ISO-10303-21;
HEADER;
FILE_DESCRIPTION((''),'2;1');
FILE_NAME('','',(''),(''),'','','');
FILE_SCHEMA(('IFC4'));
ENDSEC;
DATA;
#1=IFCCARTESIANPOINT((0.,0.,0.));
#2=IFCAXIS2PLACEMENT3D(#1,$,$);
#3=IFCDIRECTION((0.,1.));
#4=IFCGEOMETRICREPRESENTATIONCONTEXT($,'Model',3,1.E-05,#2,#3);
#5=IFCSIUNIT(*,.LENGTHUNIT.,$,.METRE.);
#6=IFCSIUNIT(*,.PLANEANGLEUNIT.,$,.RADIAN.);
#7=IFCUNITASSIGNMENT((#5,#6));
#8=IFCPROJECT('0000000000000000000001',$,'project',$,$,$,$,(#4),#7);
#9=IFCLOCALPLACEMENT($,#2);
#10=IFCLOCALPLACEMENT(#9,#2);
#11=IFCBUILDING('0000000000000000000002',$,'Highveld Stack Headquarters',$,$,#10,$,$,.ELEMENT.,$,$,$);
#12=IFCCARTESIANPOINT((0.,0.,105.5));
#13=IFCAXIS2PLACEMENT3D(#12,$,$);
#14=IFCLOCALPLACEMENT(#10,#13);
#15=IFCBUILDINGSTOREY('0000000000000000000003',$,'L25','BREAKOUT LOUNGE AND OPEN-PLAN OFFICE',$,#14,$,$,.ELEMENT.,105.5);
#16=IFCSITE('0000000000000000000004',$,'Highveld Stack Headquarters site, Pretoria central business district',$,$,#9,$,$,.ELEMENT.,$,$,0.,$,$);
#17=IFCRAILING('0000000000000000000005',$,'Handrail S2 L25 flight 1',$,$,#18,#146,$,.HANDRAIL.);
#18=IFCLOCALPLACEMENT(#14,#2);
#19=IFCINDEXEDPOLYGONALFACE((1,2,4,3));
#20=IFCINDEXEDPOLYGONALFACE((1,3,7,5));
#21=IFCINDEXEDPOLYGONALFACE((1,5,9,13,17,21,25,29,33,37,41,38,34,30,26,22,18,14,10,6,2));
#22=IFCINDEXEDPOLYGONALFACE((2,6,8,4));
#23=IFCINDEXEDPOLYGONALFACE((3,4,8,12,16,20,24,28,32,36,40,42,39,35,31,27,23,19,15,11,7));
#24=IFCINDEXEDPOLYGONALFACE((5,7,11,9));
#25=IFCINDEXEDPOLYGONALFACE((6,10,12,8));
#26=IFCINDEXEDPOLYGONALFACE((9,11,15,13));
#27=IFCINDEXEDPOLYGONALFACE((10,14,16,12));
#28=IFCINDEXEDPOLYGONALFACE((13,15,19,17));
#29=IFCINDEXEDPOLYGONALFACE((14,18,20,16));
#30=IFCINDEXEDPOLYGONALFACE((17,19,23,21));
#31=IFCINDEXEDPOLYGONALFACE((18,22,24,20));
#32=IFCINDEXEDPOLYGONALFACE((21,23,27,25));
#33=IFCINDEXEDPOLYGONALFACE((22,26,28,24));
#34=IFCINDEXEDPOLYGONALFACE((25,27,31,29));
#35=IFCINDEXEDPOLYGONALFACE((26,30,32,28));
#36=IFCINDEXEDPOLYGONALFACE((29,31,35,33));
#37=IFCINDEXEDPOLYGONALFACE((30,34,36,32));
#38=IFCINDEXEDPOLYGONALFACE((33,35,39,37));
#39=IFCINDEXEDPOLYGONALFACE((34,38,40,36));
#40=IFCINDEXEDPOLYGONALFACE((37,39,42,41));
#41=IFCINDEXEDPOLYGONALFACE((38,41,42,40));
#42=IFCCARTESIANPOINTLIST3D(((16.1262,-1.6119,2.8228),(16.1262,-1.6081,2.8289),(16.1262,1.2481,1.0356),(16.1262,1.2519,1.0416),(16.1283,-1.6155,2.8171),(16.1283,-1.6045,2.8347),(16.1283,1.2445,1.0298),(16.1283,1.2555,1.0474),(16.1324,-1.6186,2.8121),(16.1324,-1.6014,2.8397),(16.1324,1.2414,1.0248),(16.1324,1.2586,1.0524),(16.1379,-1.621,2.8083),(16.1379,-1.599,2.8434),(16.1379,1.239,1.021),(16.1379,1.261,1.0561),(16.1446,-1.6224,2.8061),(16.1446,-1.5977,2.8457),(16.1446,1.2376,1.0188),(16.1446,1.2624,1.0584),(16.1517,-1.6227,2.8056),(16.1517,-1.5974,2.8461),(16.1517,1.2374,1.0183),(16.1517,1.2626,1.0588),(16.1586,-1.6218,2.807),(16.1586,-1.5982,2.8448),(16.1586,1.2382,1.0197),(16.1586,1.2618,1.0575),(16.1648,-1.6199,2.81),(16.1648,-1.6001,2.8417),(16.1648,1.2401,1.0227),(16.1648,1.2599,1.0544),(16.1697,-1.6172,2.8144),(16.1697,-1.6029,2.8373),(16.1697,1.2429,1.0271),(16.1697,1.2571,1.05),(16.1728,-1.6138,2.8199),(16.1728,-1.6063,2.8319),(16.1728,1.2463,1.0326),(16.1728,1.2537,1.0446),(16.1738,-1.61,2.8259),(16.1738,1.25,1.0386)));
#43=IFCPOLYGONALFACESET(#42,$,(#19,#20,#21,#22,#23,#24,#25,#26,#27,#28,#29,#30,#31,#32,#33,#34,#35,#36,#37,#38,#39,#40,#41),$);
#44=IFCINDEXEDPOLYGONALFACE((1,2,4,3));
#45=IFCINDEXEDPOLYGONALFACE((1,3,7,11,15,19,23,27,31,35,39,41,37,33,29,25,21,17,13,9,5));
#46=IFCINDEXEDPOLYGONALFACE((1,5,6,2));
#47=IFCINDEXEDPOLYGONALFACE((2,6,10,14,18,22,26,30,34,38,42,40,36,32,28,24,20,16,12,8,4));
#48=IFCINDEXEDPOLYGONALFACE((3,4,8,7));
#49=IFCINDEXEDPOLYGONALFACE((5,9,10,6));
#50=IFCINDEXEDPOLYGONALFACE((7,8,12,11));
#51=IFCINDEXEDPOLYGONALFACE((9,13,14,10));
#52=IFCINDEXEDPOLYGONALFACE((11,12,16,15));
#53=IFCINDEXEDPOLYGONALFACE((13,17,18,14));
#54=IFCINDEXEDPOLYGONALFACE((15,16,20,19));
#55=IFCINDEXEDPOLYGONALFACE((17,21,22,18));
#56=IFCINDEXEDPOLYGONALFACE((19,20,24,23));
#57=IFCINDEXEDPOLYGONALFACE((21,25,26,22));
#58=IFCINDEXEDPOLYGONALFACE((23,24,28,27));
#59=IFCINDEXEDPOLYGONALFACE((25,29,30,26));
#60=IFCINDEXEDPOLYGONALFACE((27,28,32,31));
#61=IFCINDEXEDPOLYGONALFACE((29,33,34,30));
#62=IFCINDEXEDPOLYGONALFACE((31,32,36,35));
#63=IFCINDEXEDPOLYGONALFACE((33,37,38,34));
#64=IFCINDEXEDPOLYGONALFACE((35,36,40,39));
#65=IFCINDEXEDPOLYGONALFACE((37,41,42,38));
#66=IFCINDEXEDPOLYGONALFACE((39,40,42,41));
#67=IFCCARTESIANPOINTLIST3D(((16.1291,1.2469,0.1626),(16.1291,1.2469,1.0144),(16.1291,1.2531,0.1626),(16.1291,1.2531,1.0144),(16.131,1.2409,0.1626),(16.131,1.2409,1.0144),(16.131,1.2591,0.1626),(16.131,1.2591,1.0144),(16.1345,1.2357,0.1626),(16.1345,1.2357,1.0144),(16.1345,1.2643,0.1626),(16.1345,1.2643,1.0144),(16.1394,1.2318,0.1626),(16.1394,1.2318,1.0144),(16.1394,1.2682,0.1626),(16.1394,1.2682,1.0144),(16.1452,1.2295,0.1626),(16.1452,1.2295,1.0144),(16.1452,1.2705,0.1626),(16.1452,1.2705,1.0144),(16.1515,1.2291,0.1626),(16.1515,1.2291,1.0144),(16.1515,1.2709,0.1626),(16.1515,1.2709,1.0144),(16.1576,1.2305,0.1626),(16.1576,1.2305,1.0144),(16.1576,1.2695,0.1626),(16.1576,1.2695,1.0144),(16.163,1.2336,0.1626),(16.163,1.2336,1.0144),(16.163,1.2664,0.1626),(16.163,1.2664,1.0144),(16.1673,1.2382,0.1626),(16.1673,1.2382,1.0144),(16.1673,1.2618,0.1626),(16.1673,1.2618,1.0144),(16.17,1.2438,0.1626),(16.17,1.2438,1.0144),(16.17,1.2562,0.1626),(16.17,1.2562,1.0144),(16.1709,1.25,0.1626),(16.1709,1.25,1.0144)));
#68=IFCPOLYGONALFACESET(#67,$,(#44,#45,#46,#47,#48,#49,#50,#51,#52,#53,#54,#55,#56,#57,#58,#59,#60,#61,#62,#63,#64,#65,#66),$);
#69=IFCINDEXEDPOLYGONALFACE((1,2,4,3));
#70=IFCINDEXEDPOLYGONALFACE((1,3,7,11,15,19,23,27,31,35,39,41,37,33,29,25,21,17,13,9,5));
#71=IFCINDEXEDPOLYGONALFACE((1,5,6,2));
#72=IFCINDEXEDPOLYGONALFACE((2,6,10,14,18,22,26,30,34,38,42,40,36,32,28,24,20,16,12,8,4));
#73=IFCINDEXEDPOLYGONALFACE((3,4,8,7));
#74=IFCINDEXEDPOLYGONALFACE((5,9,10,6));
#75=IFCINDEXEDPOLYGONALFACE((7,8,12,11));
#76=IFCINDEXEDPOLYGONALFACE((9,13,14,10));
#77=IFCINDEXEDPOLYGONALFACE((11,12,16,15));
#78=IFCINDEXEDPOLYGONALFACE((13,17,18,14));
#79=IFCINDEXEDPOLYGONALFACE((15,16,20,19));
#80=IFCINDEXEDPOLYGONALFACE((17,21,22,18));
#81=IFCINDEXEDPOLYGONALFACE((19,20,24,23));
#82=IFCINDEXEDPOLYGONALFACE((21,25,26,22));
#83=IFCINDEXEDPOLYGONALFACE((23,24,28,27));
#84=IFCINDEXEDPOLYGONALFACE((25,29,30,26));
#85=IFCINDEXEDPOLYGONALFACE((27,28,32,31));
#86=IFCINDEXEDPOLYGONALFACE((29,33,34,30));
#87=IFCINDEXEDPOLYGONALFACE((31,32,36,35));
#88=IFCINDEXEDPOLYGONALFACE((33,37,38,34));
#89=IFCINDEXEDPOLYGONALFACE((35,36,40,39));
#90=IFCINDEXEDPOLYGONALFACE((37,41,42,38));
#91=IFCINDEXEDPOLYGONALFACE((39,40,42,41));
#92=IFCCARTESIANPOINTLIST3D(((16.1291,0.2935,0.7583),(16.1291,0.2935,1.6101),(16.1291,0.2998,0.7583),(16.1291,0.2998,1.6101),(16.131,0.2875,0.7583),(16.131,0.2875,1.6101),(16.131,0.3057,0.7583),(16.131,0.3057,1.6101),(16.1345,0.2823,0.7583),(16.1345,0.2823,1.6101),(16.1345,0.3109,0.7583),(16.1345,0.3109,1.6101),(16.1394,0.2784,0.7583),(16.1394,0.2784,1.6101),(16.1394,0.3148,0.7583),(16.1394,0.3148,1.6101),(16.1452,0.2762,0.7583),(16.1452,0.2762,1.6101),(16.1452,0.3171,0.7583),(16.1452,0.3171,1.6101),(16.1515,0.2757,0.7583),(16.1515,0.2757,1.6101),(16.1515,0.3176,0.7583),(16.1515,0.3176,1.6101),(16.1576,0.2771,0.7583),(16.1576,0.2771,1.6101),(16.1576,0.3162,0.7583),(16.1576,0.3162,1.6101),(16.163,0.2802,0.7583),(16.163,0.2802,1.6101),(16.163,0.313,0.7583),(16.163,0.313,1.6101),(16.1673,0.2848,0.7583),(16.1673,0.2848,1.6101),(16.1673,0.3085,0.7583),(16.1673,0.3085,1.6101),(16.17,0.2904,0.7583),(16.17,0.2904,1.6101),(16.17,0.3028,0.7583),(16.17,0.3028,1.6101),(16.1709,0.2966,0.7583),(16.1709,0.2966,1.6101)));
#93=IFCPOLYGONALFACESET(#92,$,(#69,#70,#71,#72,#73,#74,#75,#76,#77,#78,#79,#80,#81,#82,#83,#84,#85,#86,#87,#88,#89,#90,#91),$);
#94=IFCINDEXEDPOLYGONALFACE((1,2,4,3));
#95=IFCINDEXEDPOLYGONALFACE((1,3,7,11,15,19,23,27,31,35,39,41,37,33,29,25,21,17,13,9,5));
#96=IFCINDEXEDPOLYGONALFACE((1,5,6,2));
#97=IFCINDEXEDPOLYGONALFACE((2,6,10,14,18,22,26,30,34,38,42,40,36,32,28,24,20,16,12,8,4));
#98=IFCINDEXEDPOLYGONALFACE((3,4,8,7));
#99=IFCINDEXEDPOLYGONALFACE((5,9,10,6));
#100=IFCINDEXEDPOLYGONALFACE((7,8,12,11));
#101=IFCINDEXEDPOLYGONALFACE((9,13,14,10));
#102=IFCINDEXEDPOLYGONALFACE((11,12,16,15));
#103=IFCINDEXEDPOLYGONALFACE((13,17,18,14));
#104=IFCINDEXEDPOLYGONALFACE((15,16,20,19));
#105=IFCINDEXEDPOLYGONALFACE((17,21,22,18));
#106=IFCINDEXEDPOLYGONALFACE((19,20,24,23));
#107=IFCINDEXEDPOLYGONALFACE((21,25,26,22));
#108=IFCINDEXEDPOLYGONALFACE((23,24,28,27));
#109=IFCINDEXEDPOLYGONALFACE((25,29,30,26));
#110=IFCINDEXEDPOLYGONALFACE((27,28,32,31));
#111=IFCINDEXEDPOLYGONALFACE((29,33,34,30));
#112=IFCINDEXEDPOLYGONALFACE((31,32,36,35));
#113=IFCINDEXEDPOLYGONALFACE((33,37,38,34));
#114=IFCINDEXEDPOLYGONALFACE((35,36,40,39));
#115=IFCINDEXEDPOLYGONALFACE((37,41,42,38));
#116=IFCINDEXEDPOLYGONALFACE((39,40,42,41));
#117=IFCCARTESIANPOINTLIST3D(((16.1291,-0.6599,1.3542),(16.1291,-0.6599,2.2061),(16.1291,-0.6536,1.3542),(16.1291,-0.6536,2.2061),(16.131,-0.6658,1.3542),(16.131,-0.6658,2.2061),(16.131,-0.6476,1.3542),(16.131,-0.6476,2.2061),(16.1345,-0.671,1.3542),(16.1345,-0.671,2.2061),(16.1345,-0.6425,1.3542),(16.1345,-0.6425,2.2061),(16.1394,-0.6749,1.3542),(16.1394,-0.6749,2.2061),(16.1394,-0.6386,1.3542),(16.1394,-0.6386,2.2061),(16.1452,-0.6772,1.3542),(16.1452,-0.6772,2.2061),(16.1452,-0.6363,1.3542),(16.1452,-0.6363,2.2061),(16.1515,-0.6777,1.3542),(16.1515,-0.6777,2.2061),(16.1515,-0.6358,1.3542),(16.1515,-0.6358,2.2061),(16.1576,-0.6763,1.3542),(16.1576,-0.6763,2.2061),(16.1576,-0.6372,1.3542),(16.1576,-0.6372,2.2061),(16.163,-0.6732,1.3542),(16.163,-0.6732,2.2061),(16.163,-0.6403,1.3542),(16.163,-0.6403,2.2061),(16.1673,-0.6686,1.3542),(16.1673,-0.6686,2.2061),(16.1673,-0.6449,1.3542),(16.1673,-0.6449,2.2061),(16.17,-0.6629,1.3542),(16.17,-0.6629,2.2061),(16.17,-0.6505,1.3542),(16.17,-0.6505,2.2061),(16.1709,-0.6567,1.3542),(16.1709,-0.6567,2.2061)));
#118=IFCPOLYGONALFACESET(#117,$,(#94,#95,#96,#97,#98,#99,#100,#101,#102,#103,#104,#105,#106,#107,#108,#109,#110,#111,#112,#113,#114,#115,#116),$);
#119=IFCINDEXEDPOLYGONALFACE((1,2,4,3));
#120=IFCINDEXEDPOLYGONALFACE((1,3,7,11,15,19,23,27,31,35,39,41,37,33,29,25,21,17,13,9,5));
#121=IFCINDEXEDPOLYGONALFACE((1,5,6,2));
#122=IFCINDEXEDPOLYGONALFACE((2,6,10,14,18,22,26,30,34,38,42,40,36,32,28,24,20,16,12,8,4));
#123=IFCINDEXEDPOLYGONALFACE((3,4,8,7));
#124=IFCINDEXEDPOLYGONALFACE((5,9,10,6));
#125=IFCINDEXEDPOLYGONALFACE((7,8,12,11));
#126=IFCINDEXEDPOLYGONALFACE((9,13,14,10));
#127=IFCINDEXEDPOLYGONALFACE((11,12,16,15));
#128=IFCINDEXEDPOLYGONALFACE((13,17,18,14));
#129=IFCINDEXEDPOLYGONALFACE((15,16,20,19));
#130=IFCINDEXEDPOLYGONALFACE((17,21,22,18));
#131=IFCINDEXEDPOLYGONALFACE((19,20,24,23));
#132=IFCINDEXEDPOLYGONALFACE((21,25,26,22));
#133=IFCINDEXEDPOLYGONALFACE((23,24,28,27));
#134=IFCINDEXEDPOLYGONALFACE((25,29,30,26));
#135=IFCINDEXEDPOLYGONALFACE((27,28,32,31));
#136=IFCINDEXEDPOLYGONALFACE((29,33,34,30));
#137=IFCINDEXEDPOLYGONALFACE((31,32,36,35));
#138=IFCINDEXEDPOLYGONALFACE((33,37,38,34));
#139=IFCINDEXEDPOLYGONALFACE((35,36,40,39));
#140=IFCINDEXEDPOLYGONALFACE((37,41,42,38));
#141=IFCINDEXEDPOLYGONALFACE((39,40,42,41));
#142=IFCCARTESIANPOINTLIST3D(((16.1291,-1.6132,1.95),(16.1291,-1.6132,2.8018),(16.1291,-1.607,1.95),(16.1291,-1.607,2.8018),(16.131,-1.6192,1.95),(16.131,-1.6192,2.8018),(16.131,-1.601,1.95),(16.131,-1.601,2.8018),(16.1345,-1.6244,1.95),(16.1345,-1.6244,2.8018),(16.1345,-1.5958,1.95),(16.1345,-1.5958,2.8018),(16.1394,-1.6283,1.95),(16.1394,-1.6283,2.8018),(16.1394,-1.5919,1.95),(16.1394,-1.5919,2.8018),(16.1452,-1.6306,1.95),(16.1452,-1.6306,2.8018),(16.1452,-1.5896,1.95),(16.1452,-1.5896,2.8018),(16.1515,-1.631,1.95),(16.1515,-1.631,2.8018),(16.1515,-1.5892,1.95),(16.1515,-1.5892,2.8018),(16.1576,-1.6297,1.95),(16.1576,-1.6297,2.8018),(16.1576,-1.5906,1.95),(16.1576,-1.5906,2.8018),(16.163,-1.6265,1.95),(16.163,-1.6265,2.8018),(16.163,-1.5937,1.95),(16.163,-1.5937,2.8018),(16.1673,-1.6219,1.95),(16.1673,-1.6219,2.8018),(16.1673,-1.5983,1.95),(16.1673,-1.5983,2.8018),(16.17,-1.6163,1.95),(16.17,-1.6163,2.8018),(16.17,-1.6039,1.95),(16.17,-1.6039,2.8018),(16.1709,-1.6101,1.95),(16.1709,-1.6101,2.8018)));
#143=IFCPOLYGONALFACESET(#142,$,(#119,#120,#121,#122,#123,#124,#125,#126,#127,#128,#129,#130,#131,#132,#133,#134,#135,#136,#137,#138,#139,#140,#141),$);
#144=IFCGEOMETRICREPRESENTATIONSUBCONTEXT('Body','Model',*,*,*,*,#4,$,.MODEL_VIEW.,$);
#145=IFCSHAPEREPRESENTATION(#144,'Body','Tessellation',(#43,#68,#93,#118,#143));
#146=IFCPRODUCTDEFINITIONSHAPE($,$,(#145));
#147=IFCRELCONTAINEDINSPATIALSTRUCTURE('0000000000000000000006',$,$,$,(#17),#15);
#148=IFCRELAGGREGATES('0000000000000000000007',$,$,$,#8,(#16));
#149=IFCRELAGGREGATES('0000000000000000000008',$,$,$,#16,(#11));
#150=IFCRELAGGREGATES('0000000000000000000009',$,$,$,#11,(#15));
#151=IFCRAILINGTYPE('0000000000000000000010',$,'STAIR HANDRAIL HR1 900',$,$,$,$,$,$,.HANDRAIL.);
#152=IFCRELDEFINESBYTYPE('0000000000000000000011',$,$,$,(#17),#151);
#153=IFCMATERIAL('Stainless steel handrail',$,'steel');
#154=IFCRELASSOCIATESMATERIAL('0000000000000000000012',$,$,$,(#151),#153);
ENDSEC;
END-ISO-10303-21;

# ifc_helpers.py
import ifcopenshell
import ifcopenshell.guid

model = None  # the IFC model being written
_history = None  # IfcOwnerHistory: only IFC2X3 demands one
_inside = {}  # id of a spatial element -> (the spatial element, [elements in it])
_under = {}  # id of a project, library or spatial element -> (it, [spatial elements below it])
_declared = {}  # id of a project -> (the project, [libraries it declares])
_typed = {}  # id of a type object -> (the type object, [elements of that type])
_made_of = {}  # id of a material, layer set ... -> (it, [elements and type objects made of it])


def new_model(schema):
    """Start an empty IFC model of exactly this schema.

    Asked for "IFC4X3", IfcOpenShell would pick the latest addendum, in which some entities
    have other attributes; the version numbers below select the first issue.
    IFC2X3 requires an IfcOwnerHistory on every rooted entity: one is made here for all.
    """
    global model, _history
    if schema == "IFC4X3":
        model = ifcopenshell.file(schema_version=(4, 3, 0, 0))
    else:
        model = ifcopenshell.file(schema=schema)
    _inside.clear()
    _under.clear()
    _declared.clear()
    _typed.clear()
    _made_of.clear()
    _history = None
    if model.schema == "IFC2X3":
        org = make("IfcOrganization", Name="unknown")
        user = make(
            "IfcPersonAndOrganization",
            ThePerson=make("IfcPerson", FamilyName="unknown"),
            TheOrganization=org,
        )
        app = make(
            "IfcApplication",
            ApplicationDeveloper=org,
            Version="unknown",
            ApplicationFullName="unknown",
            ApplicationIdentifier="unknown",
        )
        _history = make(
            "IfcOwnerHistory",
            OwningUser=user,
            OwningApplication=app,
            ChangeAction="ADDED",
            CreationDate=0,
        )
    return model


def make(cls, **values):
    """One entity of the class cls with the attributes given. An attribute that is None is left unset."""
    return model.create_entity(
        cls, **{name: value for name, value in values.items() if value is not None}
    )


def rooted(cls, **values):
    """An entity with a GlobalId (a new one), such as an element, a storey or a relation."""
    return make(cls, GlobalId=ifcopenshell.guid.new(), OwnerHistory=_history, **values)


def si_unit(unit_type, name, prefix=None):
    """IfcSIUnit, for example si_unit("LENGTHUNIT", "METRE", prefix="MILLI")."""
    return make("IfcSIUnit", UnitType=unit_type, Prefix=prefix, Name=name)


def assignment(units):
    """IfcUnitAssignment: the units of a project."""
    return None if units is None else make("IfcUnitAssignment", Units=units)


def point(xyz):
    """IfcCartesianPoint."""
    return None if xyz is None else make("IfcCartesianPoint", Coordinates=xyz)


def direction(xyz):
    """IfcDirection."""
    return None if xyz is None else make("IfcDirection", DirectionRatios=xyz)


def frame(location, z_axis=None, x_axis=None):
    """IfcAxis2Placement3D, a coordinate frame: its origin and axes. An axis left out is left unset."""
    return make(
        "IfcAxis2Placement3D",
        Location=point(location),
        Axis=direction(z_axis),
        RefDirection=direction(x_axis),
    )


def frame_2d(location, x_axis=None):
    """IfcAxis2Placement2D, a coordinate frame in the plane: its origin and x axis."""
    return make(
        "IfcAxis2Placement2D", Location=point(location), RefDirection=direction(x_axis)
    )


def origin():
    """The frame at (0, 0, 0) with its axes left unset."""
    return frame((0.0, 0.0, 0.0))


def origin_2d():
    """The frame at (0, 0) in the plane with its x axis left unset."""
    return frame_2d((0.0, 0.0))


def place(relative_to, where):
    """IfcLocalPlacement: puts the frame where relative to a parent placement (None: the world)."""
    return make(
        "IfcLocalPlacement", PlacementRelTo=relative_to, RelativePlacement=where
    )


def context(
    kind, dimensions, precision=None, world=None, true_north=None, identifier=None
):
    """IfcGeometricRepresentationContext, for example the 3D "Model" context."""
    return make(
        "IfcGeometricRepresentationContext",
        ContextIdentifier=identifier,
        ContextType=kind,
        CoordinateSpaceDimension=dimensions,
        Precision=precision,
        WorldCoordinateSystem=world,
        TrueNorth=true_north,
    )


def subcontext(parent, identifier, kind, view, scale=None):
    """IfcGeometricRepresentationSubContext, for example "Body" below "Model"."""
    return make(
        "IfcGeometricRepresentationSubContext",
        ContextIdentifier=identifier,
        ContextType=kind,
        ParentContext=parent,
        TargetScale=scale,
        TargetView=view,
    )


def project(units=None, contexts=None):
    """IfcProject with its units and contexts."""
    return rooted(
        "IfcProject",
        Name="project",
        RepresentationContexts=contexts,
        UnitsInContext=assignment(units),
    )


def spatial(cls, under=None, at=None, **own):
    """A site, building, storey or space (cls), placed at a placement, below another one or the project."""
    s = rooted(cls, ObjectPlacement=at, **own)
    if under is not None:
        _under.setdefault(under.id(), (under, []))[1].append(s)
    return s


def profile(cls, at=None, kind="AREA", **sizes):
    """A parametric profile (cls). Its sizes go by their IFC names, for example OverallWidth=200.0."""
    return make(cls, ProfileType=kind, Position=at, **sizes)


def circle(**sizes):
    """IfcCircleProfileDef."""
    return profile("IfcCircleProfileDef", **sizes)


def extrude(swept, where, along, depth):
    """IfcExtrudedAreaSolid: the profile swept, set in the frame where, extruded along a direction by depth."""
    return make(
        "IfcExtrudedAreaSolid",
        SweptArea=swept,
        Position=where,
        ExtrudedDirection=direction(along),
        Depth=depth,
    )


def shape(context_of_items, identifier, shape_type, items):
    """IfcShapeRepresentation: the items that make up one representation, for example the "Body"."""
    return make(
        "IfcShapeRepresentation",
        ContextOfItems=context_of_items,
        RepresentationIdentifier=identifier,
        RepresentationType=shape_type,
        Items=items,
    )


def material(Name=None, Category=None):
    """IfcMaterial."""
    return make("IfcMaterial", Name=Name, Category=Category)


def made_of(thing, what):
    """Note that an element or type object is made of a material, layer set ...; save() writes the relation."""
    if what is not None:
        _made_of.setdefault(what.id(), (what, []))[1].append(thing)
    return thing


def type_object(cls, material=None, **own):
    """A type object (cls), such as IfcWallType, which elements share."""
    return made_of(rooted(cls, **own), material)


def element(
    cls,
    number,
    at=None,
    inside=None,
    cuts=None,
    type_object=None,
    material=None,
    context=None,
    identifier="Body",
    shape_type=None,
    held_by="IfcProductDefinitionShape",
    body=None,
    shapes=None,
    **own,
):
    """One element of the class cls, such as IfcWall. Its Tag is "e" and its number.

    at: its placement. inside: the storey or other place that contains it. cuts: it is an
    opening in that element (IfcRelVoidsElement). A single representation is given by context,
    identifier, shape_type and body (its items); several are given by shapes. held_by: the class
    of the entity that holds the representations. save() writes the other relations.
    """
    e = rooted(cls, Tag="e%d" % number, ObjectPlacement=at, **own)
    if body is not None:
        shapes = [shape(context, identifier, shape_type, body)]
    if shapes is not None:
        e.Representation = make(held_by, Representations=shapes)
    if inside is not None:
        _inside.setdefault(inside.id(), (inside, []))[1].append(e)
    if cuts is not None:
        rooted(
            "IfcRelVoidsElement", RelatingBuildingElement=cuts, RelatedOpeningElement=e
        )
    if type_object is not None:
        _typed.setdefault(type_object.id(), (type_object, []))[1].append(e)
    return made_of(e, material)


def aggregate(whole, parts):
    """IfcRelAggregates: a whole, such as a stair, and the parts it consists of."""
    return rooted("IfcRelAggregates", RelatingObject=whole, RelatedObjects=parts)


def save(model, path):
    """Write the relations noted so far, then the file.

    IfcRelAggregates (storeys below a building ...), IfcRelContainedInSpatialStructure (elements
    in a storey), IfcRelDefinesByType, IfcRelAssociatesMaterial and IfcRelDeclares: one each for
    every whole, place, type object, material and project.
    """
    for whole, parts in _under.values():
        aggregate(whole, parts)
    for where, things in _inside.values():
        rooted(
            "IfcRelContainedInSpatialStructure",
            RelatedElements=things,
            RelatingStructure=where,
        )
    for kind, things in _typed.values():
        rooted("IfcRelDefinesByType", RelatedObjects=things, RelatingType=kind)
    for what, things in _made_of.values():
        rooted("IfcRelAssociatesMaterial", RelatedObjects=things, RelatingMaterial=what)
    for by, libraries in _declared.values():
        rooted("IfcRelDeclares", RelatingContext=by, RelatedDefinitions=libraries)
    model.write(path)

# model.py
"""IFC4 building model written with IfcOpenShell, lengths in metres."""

from ifc_helpers import new_model, si_unit, direction, frame, origin, origin_2d, place, context, subcontext, project, spatial, circle, extrude, material, type_object, element, save


model = new_model("IFC4")

# Units and contexts
model_context = context("Model", 3, precision=1e-05, world=origin(), true_north=direction((0.0, 1.0)))
body_context = subcontext(model_context, "Body", "Model", "MODEL_VIEW")
ifc_project = project(units=[si_unit("LENGTHUNIT", "METRE"), si_unit("PLANEANGLEUNIT", "RADIAN")], contexts=[model_context])

# Site, building, storey
site_placement = place(None, origin())
site = spatial("IfcSite", under=ifc_project, at=site_placement, Name="Highveld Stack Headquarters site, Pretoria central business district", CompositionType="ELEMENT", RefElevation=0.0)
building_placement = place(site_placement, origin())
building = spatial("IfcBuilding", under=site, at=building_placement, Name="Highveld Stack Headquarters", CompositionType="ELEMENT")
storey_placement = place(building_placement, frame((0.0, 0.0, 105.5)))
storey = spatial("IfcBuildingStorey", under=building, at=storey_placement, Name="L25", Description="BREAKOUT LOUNGE AND OPEN-PLAN OFFICE", CompositionType="ELEMENT", Elevation=105.5)

# Railing
ifc_material_1 = material(Name="Stainless steel handrail", Category="steel")
railing_type = type_object("IfcRailingType", Name="STAIR HANDRAIL HR1 900", PredefinedType="HANDRAIL", material=ifc_material_1)
for number, where, name in (
    (1, (16.1499, 1.25, 0.1626), "Handrail S2 L25 flight 1"),
):
    element("IfcRailing", number, at=place(storey_placement, frame(where)), inside=storey, type_object=railing_type, Name=name, PredefinedType="HANDRAIL", context=body_context, shape_type="SweptSolid", body=[
        extrude(circle(Radius=0.0239, at=origin_2d()), frame((0.0, 0.0, 0.876), z_axis=(0.0, -0.848027, 0.529953), x_axis=(1.0, 0.0, 0.0)), (0.0, 0.0, 1.0), 3.3726),
        extrude(circle(Radius=0.021, at=origin_2d()), origin(), (0.0, 0.0, 1.0), 0.8518),
        extrude(circle(Radius=0.021, at=origin_2d()), frame((0.0, -0.9534, 0.5957)), (0.0, 0.0, 1.0), 0.8518),
        extrude(circle(Radius=0.021, at=origin_2d()), frame((0.0, -1.9067, 1.1917)), (0.0, 0.0, 1.0), 0.8518),
        extrude(circle(Radius=0.021, at=origin_2d()), frame((0.0, -2.8601, 1.7874)), (0.0, 0.0, 1.0), 0.8518),
    ])

save(model, "model.ifc")
